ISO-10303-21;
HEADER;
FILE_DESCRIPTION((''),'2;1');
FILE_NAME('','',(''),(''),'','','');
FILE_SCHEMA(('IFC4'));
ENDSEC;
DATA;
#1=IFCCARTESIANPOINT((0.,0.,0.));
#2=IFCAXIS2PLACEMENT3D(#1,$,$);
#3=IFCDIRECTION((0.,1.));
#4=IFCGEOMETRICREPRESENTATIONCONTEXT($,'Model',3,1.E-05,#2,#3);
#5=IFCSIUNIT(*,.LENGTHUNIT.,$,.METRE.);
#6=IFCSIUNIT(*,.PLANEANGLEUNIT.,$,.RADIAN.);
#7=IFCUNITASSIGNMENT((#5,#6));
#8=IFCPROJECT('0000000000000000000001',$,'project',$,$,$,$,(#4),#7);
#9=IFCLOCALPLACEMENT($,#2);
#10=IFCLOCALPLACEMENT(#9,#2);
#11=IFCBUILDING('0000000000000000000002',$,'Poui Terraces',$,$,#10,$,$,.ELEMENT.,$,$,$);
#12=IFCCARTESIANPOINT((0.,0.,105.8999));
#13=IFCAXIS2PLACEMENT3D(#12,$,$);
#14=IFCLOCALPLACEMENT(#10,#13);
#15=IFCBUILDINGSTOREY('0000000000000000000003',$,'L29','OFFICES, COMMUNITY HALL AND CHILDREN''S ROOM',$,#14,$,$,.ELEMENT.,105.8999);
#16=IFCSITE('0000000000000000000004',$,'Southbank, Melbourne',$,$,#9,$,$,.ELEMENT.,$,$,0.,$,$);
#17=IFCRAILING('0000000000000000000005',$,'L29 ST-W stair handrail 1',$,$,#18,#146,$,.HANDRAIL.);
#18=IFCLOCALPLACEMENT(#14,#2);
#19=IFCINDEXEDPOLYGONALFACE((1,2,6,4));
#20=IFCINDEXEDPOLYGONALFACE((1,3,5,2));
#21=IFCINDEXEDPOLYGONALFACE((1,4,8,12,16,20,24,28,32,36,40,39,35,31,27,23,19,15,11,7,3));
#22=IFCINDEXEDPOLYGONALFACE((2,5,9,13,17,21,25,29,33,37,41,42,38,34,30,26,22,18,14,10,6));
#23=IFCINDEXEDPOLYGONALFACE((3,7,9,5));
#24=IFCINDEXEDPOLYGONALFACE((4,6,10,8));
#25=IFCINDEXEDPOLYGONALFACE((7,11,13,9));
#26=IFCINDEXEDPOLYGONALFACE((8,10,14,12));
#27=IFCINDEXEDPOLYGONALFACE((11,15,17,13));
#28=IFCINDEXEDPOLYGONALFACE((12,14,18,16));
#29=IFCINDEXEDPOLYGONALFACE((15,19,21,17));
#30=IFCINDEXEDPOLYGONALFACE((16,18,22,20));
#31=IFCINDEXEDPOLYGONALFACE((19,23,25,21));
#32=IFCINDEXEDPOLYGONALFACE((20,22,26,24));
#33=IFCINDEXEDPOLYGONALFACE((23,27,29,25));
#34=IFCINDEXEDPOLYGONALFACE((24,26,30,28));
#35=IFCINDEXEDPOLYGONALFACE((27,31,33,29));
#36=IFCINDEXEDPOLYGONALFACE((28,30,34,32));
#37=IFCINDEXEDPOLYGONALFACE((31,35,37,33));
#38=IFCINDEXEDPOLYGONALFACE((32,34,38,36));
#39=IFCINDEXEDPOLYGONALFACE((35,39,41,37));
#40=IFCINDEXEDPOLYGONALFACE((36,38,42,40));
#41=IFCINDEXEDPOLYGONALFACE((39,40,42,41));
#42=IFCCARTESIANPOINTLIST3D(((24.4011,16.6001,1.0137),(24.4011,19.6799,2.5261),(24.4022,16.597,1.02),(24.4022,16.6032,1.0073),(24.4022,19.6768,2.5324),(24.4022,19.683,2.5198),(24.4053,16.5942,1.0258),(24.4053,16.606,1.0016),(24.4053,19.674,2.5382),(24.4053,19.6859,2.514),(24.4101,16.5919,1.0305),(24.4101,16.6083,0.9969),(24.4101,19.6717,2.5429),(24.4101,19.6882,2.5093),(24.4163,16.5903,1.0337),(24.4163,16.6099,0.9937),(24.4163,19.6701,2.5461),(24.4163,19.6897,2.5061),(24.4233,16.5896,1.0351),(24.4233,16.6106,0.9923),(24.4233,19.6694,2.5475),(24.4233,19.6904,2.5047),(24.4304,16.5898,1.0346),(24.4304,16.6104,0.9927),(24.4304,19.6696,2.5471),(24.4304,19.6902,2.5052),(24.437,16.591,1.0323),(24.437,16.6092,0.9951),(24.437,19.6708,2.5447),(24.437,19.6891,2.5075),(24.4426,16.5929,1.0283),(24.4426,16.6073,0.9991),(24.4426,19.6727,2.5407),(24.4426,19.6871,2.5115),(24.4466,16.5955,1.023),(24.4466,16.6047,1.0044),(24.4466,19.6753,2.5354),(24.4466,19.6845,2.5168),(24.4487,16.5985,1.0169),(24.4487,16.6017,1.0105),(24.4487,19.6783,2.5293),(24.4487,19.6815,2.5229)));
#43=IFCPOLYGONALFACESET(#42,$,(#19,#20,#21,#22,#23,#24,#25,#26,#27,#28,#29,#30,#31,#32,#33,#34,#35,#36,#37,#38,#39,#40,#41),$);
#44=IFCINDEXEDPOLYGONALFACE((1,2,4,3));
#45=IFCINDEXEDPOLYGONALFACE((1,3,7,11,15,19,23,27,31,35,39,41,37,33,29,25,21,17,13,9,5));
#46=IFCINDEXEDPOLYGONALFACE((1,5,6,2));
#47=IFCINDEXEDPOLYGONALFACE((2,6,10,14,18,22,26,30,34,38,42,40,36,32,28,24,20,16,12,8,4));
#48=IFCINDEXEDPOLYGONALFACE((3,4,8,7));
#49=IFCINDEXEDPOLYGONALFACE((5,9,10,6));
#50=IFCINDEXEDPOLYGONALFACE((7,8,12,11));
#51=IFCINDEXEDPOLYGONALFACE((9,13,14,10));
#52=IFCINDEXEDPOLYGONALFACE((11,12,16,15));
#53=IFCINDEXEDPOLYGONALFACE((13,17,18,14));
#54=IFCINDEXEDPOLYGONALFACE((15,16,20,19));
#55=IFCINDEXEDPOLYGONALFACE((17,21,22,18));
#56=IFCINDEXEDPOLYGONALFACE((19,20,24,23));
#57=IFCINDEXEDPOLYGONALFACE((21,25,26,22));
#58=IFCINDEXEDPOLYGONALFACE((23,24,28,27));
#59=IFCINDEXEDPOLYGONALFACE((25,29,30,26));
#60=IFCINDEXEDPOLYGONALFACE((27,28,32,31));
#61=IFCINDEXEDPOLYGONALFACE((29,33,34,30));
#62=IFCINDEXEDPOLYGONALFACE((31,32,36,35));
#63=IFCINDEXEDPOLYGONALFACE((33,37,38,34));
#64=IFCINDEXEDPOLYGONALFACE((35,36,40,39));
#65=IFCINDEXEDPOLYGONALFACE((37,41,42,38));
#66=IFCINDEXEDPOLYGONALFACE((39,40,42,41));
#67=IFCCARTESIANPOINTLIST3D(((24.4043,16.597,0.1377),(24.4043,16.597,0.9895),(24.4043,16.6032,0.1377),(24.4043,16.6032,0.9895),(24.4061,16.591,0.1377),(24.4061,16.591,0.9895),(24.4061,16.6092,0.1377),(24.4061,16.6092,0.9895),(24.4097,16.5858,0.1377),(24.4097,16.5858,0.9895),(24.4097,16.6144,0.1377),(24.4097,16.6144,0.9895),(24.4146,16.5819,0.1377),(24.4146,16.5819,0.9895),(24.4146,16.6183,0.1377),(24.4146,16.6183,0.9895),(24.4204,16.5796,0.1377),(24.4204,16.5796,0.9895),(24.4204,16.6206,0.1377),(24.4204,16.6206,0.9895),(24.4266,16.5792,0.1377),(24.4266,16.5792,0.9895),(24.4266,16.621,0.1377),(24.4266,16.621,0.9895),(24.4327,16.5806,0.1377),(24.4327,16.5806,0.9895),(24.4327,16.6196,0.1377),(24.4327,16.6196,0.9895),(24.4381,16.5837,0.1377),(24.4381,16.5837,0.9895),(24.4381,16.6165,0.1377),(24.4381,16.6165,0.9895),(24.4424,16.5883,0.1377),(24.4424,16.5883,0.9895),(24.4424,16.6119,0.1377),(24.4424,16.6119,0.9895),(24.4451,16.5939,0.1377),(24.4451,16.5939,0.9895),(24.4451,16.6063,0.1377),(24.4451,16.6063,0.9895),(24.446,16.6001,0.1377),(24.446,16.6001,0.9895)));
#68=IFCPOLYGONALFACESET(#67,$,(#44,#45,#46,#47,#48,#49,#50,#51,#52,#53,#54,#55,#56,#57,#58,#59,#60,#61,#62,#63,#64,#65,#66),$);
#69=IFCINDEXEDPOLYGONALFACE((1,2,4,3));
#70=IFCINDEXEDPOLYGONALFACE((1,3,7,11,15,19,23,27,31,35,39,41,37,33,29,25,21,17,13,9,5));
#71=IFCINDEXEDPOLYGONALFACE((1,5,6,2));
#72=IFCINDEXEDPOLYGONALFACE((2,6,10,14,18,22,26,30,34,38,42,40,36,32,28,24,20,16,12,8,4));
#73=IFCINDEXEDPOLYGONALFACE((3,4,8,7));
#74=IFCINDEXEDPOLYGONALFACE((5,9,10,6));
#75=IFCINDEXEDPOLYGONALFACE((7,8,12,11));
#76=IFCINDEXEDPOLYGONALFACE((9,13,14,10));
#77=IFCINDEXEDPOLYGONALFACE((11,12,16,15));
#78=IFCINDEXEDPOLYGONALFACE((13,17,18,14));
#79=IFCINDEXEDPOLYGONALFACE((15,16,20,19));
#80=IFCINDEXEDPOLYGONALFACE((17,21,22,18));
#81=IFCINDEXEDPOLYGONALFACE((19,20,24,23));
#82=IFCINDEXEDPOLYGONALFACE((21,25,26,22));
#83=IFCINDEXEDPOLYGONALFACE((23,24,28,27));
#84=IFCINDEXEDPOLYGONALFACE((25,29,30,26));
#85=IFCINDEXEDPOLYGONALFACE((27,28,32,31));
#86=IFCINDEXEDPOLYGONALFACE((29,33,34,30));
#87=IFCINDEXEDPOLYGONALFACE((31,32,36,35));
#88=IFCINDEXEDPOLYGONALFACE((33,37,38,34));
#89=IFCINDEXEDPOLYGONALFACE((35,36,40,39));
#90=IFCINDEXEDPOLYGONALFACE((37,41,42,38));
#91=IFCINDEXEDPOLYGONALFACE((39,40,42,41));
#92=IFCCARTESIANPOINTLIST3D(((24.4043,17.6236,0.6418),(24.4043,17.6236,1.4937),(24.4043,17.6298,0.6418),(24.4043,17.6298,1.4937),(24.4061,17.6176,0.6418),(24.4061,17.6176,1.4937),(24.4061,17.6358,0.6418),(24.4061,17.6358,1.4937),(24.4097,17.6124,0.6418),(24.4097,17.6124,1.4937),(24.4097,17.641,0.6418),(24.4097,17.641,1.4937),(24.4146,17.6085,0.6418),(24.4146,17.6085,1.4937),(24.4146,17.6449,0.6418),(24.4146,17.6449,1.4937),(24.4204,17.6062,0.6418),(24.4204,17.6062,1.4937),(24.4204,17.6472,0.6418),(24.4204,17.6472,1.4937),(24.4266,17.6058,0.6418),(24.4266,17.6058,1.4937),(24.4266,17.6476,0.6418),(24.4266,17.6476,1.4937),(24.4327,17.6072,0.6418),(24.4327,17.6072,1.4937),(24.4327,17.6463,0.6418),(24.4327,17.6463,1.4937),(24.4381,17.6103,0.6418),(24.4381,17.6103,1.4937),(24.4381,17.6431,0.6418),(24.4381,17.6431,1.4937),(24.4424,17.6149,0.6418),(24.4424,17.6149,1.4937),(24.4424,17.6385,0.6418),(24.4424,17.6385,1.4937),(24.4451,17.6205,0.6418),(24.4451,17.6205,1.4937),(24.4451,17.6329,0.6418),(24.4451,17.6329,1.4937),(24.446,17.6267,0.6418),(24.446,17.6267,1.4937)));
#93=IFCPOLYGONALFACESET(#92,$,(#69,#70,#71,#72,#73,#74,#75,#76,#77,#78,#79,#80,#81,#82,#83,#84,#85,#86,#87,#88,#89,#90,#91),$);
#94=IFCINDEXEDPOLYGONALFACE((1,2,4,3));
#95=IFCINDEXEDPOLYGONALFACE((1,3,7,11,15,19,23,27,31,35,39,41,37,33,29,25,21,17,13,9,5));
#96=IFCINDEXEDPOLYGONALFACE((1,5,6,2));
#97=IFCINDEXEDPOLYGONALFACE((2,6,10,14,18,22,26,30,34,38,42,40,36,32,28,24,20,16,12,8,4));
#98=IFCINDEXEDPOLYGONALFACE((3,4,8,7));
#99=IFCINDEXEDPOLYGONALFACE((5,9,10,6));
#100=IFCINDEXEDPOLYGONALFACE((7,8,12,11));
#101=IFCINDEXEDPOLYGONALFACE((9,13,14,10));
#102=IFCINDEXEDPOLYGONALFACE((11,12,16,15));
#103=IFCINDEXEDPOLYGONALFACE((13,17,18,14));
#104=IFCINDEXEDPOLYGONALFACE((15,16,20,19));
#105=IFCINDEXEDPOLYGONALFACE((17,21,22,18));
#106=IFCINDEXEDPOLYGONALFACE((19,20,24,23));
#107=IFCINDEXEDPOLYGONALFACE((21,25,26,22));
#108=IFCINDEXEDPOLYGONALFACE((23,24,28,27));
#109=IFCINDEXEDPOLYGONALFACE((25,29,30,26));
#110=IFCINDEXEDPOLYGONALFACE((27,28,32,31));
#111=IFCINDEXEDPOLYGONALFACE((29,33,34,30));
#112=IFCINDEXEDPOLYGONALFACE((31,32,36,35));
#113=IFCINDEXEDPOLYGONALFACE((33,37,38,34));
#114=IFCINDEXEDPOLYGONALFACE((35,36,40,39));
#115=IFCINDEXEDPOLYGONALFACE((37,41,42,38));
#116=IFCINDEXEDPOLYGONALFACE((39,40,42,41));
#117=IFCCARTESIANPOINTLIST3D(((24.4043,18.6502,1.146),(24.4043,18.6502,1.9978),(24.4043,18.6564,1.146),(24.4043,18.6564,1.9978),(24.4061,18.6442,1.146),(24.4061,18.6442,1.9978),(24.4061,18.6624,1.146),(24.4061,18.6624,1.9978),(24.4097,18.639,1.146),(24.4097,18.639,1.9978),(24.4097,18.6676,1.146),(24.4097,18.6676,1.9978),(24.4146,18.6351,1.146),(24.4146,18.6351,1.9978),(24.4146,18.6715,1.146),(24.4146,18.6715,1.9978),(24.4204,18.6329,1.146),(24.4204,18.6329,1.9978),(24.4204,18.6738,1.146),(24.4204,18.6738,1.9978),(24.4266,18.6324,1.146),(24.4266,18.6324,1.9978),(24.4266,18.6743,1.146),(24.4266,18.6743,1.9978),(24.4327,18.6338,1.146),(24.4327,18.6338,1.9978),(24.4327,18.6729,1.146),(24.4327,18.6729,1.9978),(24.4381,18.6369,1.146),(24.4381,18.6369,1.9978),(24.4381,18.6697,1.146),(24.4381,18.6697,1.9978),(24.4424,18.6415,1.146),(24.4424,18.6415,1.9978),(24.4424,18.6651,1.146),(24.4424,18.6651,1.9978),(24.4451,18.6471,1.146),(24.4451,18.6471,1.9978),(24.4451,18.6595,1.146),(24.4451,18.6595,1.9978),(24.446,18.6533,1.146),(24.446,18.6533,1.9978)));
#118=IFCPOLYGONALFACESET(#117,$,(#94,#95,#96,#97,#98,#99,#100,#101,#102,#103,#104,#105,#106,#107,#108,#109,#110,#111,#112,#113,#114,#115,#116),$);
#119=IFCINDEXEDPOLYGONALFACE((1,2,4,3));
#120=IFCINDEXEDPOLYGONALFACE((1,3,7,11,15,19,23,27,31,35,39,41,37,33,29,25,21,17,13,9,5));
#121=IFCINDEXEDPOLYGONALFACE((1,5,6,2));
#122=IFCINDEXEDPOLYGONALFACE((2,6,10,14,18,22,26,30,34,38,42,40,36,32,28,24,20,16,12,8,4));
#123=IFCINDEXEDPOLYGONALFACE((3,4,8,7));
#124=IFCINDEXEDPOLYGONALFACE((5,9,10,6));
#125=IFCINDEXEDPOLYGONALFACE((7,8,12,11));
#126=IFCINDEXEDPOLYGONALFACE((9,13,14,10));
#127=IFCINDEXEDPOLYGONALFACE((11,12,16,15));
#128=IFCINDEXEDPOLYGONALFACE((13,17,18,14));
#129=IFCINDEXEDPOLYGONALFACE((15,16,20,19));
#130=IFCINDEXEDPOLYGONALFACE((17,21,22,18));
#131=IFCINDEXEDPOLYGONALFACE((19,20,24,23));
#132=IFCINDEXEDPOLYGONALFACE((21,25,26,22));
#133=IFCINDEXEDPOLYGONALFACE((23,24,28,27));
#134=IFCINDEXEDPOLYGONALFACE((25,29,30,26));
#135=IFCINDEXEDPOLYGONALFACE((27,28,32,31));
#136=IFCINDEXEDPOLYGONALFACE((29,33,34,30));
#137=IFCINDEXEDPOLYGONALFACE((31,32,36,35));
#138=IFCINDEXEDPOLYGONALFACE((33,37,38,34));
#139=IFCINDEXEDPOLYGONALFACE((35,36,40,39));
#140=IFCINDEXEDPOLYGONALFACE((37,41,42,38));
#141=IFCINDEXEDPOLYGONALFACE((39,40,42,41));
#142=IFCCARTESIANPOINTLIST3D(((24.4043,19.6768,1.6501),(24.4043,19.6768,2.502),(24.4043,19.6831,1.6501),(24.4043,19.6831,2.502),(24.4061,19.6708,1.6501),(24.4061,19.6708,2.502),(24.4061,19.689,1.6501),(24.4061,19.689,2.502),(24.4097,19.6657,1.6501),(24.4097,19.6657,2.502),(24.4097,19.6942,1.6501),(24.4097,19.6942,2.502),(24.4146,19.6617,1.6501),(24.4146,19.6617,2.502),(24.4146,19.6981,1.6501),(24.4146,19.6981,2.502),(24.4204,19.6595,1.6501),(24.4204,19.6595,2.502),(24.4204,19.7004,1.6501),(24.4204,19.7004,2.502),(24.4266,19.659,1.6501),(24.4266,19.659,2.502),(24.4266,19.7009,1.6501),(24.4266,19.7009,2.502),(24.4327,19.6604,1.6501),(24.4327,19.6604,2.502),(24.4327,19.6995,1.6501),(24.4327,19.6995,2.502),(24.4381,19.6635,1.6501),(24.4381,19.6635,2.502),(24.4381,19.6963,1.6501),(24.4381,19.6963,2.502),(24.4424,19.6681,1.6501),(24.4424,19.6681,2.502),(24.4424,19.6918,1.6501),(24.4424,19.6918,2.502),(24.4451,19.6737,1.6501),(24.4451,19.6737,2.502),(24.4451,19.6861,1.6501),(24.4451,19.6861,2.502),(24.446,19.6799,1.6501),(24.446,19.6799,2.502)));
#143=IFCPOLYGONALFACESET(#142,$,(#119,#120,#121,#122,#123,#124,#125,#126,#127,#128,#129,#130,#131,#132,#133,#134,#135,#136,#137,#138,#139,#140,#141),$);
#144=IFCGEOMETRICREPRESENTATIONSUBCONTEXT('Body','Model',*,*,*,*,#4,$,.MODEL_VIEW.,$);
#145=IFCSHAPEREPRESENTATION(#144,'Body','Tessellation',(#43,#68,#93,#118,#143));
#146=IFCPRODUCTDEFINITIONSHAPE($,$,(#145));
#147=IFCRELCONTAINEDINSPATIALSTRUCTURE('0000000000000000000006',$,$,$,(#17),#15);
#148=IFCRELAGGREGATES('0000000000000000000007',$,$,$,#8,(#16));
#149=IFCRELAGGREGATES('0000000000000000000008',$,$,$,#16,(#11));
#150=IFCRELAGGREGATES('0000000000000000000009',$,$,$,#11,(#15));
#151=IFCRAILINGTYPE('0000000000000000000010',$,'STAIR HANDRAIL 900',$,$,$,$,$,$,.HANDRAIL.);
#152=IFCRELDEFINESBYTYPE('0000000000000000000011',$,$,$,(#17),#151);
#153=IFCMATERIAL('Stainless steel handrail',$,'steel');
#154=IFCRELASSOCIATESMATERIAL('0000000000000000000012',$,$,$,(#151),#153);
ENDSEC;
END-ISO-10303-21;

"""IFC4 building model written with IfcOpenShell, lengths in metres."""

from ifc_helpers import new_model, si_unit, direction, frame, origin, origin_2d, place, context, subcontext, project, spatial, circle, extrude, material, type_object, element, save


model = new_model("IFC4")

# Units and contexts
model_context = context("Model", 3, precision=1e-05, world=origin(), true_north=direction((0.0, 1.0)))
body_context = subcontext(model_context, "Body", "Model", "MODEL_VIEW")
ifc_project = project(units=[si_unit("LENGTHUNIT", "METRE"), si_unit("PLANEANGLEUNIT", "RADIAN")], contexts=[model_context])

# Site, building, storey
site_placement = place(None, origin())
site = spatial("IfcSite", under=ifc_project, at=site_placement, Name="Southbank, Melbourne", CompositionType="ELEMENT", RefElevation=0.0)
building_placement = place(site_placement, origin())
building = spatial("IfcBuilding", under=site, at=building_placement, Name="Poui Terraces", CompositionType="ELEMENT")
storey_placement = place(building_placement, frame((0.0, 0.0, 105.8999)))
storey = spatial("IfcBuildingStorey", under=building, at=storey_placement, Name="L29", Description="OFFICES, COMMUNITY HALL AND CHILDREN'S ROOM", CompositionType="ELEMENT", Elevation=105.8999)

# Railing
ifc_material_1 = material(Name="Stainless steel handrail", Category="steel")
railing_type_1 = type_object("IfcRailingType", Name="STAIR HANDRAIL 900", PredefinedType="HANDRAIL", material=ifc_material_1)
railing_1_placement = place(storey_placement, frame((24.425, 16.6001, 0.1377)))
element("IfcRailing", 1, at=railing_1_placement, inside=storey, type_object=railing_type_1, Name="L29 ST-W stair handrail 1", PredefinedType="HANDRAIL", context=body_context, shape_type="SweptSolid", body=[
    extrude(circle(Radius=0.0239, at=origin_2d()), frame((0.0, 0.0, 0.876), z_axis=(0.0, 0.897606, 0.440798), x_axis=(-1.0, 0.0, 0.0)), (0.0, 0.0, 1.0), 3.4312),
    extrude(circle(Radius=0.021, at=origin_2d()), origin(), (0.0, 0.0, 1.0), 0.8518),
    extrude(circle(Radius=0.021, at=origin_2d()), frame((0.0, 1.0266, 0.5042)), (0.0, 0.0, 1.0), 0.8518),
    extrude(circle(Radius=0.021, at=origin_2d()), frame((0.0, 2.0532, 1.0083)), (0.0, 0.0, 1.0), 0.8518),
    extrude(circle(Radius=0.021, at=origin_2d()), frame((0.0, 3.0798, 1.5125)), (0.0, 0.0, 1.0), 0.8518),
])

save(model, "model.ifc")
